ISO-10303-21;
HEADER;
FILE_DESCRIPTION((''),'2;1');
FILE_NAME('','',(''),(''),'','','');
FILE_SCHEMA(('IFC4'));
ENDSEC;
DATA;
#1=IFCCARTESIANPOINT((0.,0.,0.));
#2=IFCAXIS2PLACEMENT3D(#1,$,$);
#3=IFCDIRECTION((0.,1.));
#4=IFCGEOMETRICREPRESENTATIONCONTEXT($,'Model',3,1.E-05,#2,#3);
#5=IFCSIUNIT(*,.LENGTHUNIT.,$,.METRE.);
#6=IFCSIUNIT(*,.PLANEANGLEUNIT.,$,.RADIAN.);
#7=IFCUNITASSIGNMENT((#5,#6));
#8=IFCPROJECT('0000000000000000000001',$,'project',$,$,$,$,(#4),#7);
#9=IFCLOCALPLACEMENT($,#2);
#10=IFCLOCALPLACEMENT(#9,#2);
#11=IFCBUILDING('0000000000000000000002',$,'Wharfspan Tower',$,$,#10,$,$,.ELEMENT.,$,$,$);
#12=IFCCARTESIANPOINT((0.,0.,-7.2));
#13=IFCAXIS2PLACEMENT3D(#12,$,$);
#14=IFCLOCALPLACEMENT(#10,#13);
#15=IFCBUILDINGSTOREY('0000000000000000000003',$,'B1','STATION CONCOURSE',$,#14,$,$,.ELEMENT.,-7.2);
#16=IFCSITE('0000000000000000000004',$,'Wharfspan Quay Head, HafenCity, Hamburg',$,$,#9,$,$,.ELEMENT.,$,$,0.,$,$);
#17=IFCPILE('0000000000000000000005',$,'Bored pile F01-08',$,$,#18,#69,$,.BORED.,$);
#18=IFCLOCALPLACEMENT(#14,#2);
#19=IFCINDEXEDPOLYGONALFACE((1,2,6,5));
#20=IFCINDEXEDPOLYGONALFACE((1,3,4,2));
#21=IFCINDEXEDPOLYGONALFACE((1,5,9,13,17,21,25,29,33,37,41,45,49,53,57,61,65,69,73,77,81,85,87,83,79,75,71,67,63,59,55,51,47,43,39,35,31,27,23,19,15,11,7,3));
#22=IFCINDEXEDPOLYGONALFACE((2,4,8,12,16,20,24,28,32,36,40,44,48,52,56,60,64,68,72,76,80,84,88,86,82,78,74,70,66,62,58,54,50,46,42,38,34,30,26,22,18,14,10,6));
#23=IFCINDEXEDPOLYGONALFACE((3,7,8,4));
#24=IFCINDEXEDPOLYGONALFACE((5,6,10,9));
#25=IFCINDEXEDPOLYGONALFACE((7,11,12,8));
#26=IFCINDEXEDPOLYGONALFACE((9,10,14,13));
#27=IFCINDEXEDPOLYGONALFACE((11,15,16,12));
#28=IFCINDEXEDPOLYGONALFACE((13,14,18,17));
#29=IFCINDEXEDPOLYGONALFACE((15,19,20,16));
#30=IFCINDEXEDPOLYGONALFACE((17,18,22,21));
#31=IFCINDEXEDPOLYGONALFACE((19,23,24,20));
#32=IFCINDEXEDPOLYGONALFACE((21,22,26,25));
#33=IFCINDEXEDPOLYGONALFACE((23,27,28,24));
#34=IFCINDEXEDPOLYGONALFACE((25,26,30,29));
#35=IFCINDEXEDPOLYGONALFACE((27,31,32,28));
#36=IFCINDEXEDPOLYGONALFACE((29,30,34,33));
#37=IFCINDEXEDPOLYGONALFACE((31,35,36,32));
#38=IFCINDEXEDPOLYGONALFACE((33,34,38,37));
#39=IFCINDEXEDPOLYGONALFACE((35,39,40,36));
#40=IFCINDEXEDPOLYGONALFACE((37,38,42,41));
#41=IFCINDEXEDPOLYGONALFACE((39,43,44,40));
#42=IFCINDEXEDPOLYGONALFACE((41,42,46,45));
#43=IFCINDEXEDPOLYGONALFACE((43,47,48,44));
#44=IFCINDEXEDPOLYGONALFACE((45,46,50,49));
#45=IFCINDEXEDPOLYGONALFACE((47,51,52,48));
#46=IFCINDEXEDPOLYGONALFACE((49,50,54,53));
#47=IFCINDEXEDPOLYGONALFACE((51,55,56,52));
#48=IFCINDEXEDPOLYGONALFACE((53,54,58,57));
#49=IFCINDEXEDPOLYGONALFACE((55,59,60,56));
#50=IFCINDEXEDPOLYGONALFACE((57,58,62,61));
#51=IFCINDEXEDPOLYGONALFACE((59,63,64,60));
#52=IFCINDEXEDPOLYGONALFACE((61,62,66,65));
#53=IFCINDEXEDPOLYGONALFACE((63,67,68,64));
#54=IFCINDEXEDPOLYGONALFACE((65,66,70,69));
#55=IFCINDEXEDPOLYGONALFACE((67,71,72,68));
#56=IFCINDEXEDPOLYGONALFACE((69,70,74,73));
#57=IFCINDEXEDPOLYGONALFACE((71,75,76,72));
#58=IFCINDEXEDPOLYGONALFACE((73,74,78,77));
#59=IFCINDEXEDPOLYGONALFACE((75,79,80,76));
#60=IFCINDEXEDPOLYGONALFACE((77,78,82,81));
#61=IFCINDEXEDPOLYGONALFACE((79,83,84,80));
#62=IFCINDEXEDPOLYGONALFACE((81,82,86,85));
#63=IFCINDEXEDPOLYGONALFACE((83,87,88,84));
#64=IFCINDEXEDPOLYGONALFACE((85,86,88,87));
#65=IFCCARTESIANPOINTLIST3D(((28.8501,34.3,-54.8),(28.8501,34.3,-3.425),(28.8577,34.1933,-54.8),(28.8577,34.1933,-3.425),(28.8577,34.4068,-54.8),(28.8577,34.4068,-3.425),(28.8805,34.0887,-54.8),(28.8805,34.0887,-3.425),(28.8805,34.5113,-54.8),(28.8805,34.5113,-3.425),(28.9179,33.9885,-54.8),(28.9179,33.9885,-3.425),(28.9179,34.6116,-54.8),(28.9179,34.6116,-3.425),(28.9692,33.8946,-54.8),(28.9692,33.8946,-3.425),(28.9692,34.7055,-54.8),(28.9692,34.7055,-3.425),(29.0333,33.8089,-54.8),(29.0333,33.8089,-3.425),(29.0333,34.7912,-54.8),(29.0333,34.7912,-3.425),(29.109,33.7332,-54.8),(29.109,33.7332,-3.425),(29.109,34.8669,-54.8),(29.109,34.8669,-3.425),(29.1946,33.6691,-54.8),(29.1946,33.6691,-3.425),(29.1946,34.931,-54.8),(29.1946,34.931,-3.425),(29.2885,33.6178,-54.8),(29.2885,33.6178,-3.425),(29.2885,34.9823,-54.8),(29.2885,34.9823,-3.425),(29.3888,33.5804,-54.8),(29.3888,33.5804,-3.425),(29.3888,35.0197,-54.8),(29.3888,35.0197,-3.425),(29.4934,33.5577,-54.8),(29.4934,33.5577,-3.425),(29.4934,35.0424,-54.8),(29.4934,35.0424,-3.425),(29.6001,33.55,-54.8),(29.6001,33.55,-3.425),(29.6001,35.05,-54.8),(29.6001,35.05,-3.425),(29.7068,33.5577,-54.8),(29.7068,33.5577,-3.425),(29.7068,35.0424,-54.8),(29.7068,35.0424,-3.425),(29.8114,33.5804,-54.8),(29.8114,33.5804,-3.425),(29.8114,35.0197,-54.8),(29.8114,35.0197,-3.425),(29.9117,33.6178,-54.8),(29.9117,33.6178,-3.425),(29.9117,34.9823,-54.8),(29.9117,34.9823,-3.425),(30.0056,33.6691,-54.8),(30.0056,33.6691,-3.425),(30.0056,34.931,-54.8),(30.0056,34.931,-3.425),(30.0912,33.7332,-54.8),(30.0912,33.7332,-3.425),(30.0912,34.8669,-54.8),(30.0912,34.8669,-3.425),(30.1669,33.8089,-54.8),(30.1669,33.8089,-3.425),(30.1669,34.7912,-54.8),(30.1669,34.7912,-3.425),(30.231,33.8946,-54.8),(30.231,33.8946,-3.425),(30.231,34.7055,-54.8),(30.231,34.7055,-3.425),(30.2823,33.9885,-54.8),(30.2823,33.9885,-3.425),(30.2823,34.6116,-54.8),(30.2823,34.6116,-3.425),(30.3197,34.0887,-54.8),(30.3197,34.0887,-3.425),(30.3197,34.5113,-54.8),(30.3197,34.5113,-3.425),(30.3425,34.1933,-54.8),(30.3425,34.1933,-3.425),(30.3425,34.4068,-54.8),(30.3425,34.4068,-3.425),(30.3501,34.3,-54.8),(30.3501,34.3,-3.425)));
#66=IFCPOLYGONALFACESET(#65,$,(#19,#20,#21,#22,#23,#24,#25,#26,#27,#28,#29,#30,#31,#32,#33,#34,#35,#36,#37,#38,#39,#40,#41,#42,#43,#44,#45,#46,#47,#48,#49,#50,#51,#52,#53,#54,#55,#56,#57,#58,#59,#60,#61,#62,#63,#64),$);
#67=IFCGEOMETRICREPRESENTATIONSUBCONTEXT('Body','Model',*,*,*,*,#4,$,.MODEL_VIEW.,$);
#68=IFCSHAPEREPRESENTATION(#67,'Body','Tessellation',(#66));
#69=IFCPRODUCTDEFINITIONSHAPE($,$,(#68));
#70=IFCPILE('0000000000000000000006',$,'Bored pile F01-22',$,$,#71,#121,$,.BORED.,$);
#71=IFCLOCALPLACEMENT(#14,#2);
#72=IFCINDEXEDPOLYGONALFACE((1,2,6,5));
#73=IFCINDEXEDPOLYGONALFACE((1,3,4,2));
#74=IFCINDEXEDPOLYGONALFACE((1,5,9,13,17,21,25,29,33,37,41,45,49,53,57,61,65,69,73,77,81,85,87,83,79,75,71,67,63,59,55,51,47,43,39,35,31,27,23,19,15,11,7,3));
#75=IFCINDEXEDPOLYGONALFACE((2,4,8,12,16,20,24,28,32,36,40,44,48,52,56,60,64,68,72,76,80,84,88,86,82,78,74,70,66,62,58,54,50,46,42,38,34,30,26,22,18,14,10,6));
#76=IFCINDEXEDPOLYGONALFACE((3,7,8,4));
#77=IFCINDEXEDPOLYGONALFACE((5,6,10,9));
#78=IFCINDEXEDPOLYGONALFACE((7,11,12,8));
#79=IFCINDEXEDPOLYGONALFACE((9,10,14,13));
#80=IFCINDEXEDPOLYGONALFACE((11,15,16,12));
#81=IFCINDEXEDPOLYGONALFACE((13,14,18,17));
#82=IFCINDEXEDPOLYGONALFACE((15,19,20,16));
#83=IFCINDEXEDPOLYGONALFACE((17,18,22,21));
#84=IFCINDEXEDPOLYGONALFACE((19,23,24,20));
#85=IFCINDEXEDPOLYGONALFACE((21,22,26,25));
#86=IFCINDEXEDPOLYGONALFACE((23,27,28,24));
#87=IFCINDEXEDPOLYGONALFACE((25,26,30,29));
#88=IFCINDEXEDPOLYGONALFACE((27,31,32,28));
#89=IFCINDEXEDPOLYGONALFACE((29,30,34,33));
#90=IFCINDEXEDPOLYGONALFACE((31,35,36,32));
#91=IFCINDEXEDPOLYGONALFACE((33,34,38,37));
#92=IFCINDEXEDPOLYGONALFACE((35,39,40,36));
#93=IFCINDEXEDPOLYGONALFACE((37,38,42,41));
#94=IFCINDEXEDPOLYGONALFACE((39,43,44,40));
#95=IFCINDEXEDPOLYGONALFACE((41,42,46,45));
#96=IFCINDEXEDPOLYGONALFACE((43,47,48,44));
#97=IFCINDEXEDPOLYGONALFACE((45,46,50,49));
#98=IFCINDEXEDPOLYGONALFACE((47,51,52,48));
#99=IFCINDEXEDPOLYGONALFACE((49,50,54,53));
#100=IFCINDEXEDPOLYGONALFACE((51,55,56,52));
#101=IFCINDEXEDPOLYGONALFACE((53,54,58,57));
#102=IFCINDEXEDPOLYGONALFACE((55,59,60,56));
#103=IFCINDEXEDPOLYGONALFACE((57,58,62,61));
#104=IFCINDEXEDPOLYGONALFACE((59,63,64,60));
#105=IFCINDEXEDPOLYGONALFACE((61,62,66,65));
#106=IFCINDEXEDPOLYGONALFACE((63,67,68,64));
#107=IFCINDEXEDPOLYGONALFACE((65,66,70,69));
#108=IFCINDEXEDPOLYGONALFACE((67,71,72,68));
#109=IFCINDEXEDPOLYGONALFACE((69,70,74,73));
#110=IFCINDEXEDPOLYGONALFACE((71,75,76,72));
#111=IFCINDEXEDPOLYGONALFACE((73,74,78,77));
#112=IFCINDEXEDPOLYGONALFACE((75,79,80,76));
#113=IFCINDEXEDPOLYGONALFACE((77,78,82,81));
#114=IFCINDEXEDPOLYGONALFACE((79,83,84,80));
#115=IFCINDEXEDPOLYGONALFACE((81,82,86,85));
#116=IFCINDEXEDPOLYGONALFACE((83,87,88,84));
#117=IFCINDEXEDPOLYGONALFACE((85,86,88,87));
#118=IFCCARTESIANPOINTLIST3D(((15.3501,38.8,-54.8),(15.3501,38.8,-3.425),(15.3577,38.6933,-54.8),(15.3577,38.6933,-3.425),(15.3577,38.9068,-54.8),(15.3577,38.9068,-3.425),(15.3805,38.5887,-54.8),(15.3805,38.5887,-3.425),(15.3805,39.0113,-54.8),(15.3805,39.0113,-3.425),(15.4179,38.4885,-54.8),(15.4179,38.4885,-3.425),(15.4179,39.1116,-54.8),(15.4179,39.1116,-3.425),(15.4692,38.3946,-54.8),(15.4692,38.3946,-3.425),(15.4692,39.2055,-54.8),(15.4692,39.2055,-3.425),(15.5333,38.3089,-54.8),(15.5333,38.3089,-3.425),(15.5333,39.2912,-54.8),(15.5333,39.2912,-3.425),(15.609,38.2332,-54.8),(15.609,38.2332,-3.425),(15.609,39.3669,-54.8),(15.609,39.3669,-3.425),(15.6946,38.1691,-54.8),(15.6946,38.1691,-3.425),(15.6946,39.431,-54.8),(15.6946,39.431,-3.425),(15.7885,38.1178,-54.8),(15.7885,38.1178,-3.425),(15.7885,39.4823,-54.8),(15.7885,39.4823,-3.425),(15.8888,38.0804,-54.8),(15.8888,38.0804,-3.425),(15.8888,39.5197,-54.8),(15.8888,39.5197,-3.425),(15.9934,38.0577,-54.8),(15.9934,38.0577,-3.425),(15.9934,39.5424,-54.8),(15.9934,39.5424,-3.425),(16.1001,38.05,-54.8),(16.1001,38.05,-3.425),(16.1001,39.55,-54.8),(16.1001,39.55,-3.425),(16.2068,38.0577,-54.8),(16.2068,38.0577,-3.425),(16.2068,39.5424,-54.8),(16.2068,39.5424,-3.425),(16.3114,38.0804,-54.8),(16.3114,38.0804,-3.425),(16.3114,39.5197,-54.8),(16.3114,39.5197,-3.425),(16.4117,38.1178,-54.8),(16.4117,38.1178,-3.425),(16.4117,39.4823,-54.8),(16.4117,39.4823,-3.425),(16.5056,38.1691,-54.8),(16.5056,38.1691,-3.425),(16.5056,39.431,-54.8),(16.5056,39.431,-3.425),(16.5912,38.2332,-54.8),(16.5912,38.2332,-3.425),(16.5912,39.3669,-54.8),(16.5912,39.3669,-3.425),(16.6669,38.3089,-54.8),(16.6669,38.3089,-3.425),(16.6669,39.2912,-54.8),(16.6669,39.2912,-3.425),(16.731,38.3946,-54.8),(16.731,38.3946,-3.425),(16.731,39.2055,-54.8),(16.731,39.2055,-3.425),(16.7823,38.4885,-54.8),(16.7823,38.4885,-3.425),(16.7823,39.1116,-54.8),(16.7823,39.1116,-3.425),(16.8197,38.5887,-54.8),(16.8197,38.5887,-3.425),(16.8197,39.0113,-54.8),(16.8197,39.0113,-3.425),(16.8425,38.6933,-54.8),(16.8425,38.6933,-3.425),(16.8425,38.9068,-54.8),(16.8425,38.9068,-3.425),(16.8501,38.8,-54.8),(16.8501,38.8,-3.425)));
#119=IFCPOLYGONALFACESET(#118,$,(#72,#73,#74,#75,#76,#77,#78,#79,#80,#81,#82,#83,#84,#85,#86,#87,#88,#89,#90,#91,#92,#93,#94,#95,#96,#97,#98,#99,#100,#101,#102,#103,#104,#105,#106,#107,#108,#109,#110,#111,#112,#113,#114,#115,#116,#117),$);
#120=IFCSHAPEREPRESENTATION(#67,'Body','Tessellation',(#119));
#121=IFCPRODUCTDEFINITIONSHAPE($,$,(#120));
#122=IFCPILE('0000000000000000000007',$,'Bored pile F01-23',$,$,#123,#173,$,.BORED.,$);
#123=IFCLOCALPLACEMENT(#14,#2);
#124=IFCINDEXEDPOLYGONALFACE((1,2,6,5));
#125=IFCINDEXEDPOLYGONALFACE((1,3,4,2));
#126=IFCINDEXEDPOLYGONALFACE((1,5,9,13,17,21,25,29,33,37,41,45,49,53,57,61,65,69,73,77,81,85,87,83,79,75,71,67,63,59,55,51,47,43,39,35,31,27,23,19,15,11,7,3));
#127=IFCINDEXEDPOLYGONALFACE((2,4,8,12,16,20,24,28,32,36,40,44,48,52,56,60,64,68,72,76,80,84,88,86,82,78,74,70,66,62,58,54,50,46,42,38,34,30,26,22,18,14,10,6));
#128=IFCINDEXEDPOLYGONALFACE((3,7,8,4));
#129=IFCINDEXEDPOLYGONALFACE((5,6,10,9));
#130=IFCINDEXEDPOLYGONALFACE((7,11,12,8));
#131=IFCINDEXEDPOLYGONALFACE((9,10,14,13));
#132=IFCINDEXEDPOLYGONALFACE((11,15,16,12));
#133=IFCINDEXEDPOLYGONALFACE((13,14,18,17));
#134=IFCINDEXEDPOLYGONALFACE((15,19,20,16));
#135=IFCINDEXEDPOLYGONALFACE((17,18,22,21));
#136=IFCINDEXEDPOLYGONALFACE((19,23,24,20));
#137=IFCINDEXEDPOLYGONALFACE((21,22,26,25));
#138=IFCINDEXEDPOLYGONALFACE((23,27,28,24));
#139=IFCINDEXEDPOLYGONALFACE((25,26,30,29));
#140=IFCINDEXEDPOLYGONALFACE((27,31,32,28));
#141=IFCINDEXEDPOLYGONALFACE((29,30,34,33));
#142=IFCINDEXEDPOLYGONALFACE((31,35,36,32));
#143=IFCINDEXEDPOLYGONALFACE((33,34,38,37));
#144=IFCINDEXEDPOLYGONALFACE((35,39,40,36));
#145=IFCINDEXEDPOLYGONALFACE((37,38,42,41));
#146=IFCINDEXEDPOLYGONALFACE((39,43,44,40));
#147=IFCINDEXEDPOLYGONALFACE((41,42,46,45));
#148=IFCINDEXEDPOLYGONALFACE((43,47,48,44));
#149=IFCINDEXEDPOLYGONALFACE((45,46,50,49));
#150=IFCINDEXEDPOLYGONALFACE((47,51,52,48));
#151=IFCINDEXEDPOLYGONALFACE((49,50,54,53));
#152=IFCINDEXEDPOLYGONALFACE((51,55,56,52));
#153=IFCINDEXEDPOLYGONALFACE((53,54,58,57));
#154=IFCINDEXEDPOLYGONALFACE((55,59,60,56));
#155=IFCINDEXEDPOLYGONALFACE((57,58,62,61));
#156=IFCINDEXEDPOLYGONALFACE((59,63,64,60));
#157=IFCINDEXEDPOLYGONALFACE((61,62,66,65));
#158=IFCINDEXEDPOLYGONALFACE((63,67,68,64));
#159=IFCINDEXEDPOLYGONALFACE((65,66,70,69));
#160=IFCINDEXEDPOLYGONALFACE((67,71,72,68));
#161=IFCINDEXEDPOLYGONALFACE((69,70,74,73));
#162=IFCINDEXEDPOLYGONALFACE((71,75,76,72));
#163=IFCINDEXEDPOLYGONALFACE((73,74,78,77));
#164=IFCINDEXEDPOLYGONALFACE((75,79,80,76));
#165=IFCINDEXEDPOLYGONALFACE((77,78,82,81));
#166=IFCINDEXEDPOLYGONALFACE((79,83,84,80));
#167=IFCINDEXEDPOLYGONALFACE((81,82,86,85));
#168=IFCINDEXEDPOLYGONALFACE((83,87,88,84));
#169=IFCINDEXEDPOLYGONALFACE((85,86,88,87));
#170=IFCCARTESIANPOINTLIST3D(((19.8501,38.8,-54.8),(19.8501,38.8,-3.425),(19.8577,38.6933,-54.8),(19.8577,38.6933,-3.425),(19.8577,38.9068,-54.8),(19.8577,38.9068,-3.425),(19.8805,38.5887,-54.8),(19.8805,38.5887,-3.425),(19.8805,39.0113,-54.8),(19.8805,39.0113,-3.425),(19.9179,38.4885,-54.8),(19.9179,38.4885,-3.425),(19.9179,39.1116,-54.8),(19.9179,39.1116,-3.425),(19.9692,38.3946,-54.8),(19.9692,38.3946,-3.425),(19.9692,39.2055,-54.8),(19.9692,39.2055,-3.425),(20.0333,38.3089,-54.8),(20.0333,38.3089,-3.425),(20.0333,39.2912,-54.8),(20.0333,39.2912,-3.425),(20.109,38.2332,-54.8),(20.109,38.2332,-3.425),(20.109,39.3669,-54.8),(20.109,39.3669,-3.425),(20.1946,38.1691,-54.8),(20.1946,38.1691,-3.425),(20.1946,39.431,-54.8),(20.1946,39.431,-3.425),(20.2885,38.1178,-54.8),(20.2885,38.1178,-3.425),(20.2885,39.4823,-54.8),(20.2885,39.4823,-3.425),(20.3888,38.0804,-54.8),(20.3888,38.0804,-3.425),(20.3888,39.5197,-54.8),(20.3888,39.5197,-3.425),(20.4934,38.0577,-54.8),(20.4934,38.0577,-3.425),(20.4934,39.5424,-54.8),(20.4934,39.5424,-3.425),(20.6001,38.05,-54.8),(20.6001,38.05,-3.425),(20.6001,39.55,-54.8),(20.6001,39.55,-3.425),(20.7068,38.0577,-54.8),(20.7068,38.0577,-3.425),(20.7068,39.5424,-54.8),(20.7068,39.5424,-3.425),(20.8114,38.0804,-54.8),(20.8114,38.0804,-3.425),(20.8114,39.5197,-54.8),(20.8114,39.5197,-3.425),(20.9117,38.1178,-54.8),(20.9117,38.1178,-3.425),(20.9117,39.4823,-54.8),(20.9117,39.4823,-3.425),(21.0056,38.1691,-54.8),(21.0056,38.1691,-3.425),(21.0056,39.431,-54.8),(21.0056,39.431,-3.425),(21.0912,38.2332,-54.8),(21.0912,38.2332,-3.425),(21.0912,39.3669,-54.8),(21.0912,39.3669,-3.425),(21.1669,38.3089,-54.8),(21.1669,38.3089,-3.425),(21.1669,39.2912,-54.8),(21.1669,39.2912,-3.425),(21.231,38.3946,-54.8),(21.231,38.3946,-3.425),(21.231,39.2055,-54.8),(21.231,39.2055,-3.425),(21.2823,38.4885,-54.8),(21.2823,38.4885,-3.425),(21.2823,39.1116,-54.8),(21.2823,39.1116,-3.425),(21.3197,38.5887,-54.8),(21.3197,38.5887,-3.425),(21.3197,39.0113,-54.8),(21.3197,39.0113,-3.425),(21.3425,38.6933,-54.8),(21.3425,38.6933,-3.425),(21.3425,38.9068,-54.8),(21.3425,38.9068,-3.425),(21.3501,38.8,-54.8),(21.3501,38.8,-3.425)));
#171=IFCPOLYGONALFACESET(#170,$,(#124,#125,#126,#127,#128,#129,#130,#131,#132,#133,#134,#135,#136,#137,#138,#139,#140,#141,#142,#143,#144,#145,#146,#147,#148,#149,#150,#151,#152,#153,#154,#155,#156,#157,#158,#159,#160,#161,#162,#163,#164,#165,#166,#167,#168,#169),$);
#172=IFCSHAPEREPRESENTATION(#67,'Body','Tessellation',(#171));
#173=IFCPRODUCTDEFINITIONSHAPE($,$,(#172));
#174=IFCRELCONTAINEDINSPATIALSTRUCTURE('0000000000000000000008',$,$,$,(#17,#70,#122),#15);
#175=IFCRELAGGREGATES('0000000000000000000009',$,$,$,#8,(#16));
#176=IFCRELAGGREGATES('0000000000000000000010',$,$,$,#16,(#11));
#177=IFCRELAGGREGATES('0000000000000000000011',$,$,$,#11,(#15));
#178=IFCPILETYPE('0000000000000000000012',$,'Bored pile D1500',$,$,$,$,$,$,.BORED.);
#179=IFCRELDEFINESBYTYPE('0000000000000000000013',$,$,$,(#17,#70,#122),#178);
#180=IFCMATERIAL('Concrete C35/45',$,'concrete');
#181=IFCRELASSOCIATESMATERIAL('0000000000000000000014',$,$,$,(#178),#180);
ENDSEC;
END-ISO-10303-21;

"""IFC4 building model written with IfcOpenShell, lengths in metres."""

from ifc_helpers import new_model, si_unit, direction, frame, origin, origin_2d, place, context, subcontext, project, spatial, circle, extrude, material, material_profile, profile_set, type_object, element, save


model = new_model("IFC4")

# Units and contexts
model_context = context("Model", 3, precision=1e-05, world=origin(), true_north=direction((0.0, 1.0)))
body_context = subcontext(model_context, "Body", "Model", "MODEL_VIEW")
ifc_project = project(units=[si_unit("LENGTHUNIT", "METRE"), si_unit("PLANEANGLEUNIT", "RADIAN")], contexts=[model_context])

# Site, building, storey
site_placement = place(None, origin())
site = spatial("IfcSite", under=ifc_project, at=site_placement, Name="Wharfspan Quay Head, HafenCity, Hamburg", CompositionType="ELEMENT", RefElevation=0.0)
building_placement = place(site_placement, origin())
building = spatial("IfcBuilding", under=site, at=building_placement, Name="Wharfspan Tower", CompositionType="ELEMENT")
storey_placement = place(building_placement, frame((0.0, 0.0, -7.2)))
storey = spatial("IfcBuildingStorey", under=building, at=storey_placement, Name="B1", Description="STATION CONCOURSE", CompositionType="ELEMENT", Elevation=-7.2)

# Piles
ifc_material_1 = material(Name="Concrete C35/45", Category="concrete")
ifc_material_profile_1 = material_profile(ifc_material_1, circle(Radius=0.75, at=origin_2d()))
ifc_profile_set_1 = profile_set([ifc_material_profile_1], Name="Concrete C35/45")
pile_type = type_object("IfcPileType", Name="Bored pile D1500", PredefinedType="BORED", material=ifc_profile_set_1)
for number, where, z_axis, x_axis, name in (
    (1, (29.6001, 34.3, -3.425), (0.0, 0.0, -1.0), (1.0, 0.0, 0.0), "Bored pile F01-08"),
    (2, (16.1001, 38.8, -3.425), (0.0, 0.0, -1.0), (1.0, 0.0, 0.0), "Bored pile F01-22"),
    (3, (20.6001, 38.8, -3.425), (0.0, 0.0, -1.0), (1.0, 0.0, 0.0), "Bored pile F01-23"),
):
    element("IfcPile", number, at=place(storey_placement, frame(where, z_axis=z_axis, x_axis=x_axis)), inside=storey, type_object=pile_type, Name=name, PredefinedType="BORED", context=body_context, shape_type="SweptSolid", body=[
        extrude(circle(Radius=0.75, at=origin_2d()), origin(), (0.0, 0.0, 1.0), 51.375),
    ])

save(model, "model.ifc")
